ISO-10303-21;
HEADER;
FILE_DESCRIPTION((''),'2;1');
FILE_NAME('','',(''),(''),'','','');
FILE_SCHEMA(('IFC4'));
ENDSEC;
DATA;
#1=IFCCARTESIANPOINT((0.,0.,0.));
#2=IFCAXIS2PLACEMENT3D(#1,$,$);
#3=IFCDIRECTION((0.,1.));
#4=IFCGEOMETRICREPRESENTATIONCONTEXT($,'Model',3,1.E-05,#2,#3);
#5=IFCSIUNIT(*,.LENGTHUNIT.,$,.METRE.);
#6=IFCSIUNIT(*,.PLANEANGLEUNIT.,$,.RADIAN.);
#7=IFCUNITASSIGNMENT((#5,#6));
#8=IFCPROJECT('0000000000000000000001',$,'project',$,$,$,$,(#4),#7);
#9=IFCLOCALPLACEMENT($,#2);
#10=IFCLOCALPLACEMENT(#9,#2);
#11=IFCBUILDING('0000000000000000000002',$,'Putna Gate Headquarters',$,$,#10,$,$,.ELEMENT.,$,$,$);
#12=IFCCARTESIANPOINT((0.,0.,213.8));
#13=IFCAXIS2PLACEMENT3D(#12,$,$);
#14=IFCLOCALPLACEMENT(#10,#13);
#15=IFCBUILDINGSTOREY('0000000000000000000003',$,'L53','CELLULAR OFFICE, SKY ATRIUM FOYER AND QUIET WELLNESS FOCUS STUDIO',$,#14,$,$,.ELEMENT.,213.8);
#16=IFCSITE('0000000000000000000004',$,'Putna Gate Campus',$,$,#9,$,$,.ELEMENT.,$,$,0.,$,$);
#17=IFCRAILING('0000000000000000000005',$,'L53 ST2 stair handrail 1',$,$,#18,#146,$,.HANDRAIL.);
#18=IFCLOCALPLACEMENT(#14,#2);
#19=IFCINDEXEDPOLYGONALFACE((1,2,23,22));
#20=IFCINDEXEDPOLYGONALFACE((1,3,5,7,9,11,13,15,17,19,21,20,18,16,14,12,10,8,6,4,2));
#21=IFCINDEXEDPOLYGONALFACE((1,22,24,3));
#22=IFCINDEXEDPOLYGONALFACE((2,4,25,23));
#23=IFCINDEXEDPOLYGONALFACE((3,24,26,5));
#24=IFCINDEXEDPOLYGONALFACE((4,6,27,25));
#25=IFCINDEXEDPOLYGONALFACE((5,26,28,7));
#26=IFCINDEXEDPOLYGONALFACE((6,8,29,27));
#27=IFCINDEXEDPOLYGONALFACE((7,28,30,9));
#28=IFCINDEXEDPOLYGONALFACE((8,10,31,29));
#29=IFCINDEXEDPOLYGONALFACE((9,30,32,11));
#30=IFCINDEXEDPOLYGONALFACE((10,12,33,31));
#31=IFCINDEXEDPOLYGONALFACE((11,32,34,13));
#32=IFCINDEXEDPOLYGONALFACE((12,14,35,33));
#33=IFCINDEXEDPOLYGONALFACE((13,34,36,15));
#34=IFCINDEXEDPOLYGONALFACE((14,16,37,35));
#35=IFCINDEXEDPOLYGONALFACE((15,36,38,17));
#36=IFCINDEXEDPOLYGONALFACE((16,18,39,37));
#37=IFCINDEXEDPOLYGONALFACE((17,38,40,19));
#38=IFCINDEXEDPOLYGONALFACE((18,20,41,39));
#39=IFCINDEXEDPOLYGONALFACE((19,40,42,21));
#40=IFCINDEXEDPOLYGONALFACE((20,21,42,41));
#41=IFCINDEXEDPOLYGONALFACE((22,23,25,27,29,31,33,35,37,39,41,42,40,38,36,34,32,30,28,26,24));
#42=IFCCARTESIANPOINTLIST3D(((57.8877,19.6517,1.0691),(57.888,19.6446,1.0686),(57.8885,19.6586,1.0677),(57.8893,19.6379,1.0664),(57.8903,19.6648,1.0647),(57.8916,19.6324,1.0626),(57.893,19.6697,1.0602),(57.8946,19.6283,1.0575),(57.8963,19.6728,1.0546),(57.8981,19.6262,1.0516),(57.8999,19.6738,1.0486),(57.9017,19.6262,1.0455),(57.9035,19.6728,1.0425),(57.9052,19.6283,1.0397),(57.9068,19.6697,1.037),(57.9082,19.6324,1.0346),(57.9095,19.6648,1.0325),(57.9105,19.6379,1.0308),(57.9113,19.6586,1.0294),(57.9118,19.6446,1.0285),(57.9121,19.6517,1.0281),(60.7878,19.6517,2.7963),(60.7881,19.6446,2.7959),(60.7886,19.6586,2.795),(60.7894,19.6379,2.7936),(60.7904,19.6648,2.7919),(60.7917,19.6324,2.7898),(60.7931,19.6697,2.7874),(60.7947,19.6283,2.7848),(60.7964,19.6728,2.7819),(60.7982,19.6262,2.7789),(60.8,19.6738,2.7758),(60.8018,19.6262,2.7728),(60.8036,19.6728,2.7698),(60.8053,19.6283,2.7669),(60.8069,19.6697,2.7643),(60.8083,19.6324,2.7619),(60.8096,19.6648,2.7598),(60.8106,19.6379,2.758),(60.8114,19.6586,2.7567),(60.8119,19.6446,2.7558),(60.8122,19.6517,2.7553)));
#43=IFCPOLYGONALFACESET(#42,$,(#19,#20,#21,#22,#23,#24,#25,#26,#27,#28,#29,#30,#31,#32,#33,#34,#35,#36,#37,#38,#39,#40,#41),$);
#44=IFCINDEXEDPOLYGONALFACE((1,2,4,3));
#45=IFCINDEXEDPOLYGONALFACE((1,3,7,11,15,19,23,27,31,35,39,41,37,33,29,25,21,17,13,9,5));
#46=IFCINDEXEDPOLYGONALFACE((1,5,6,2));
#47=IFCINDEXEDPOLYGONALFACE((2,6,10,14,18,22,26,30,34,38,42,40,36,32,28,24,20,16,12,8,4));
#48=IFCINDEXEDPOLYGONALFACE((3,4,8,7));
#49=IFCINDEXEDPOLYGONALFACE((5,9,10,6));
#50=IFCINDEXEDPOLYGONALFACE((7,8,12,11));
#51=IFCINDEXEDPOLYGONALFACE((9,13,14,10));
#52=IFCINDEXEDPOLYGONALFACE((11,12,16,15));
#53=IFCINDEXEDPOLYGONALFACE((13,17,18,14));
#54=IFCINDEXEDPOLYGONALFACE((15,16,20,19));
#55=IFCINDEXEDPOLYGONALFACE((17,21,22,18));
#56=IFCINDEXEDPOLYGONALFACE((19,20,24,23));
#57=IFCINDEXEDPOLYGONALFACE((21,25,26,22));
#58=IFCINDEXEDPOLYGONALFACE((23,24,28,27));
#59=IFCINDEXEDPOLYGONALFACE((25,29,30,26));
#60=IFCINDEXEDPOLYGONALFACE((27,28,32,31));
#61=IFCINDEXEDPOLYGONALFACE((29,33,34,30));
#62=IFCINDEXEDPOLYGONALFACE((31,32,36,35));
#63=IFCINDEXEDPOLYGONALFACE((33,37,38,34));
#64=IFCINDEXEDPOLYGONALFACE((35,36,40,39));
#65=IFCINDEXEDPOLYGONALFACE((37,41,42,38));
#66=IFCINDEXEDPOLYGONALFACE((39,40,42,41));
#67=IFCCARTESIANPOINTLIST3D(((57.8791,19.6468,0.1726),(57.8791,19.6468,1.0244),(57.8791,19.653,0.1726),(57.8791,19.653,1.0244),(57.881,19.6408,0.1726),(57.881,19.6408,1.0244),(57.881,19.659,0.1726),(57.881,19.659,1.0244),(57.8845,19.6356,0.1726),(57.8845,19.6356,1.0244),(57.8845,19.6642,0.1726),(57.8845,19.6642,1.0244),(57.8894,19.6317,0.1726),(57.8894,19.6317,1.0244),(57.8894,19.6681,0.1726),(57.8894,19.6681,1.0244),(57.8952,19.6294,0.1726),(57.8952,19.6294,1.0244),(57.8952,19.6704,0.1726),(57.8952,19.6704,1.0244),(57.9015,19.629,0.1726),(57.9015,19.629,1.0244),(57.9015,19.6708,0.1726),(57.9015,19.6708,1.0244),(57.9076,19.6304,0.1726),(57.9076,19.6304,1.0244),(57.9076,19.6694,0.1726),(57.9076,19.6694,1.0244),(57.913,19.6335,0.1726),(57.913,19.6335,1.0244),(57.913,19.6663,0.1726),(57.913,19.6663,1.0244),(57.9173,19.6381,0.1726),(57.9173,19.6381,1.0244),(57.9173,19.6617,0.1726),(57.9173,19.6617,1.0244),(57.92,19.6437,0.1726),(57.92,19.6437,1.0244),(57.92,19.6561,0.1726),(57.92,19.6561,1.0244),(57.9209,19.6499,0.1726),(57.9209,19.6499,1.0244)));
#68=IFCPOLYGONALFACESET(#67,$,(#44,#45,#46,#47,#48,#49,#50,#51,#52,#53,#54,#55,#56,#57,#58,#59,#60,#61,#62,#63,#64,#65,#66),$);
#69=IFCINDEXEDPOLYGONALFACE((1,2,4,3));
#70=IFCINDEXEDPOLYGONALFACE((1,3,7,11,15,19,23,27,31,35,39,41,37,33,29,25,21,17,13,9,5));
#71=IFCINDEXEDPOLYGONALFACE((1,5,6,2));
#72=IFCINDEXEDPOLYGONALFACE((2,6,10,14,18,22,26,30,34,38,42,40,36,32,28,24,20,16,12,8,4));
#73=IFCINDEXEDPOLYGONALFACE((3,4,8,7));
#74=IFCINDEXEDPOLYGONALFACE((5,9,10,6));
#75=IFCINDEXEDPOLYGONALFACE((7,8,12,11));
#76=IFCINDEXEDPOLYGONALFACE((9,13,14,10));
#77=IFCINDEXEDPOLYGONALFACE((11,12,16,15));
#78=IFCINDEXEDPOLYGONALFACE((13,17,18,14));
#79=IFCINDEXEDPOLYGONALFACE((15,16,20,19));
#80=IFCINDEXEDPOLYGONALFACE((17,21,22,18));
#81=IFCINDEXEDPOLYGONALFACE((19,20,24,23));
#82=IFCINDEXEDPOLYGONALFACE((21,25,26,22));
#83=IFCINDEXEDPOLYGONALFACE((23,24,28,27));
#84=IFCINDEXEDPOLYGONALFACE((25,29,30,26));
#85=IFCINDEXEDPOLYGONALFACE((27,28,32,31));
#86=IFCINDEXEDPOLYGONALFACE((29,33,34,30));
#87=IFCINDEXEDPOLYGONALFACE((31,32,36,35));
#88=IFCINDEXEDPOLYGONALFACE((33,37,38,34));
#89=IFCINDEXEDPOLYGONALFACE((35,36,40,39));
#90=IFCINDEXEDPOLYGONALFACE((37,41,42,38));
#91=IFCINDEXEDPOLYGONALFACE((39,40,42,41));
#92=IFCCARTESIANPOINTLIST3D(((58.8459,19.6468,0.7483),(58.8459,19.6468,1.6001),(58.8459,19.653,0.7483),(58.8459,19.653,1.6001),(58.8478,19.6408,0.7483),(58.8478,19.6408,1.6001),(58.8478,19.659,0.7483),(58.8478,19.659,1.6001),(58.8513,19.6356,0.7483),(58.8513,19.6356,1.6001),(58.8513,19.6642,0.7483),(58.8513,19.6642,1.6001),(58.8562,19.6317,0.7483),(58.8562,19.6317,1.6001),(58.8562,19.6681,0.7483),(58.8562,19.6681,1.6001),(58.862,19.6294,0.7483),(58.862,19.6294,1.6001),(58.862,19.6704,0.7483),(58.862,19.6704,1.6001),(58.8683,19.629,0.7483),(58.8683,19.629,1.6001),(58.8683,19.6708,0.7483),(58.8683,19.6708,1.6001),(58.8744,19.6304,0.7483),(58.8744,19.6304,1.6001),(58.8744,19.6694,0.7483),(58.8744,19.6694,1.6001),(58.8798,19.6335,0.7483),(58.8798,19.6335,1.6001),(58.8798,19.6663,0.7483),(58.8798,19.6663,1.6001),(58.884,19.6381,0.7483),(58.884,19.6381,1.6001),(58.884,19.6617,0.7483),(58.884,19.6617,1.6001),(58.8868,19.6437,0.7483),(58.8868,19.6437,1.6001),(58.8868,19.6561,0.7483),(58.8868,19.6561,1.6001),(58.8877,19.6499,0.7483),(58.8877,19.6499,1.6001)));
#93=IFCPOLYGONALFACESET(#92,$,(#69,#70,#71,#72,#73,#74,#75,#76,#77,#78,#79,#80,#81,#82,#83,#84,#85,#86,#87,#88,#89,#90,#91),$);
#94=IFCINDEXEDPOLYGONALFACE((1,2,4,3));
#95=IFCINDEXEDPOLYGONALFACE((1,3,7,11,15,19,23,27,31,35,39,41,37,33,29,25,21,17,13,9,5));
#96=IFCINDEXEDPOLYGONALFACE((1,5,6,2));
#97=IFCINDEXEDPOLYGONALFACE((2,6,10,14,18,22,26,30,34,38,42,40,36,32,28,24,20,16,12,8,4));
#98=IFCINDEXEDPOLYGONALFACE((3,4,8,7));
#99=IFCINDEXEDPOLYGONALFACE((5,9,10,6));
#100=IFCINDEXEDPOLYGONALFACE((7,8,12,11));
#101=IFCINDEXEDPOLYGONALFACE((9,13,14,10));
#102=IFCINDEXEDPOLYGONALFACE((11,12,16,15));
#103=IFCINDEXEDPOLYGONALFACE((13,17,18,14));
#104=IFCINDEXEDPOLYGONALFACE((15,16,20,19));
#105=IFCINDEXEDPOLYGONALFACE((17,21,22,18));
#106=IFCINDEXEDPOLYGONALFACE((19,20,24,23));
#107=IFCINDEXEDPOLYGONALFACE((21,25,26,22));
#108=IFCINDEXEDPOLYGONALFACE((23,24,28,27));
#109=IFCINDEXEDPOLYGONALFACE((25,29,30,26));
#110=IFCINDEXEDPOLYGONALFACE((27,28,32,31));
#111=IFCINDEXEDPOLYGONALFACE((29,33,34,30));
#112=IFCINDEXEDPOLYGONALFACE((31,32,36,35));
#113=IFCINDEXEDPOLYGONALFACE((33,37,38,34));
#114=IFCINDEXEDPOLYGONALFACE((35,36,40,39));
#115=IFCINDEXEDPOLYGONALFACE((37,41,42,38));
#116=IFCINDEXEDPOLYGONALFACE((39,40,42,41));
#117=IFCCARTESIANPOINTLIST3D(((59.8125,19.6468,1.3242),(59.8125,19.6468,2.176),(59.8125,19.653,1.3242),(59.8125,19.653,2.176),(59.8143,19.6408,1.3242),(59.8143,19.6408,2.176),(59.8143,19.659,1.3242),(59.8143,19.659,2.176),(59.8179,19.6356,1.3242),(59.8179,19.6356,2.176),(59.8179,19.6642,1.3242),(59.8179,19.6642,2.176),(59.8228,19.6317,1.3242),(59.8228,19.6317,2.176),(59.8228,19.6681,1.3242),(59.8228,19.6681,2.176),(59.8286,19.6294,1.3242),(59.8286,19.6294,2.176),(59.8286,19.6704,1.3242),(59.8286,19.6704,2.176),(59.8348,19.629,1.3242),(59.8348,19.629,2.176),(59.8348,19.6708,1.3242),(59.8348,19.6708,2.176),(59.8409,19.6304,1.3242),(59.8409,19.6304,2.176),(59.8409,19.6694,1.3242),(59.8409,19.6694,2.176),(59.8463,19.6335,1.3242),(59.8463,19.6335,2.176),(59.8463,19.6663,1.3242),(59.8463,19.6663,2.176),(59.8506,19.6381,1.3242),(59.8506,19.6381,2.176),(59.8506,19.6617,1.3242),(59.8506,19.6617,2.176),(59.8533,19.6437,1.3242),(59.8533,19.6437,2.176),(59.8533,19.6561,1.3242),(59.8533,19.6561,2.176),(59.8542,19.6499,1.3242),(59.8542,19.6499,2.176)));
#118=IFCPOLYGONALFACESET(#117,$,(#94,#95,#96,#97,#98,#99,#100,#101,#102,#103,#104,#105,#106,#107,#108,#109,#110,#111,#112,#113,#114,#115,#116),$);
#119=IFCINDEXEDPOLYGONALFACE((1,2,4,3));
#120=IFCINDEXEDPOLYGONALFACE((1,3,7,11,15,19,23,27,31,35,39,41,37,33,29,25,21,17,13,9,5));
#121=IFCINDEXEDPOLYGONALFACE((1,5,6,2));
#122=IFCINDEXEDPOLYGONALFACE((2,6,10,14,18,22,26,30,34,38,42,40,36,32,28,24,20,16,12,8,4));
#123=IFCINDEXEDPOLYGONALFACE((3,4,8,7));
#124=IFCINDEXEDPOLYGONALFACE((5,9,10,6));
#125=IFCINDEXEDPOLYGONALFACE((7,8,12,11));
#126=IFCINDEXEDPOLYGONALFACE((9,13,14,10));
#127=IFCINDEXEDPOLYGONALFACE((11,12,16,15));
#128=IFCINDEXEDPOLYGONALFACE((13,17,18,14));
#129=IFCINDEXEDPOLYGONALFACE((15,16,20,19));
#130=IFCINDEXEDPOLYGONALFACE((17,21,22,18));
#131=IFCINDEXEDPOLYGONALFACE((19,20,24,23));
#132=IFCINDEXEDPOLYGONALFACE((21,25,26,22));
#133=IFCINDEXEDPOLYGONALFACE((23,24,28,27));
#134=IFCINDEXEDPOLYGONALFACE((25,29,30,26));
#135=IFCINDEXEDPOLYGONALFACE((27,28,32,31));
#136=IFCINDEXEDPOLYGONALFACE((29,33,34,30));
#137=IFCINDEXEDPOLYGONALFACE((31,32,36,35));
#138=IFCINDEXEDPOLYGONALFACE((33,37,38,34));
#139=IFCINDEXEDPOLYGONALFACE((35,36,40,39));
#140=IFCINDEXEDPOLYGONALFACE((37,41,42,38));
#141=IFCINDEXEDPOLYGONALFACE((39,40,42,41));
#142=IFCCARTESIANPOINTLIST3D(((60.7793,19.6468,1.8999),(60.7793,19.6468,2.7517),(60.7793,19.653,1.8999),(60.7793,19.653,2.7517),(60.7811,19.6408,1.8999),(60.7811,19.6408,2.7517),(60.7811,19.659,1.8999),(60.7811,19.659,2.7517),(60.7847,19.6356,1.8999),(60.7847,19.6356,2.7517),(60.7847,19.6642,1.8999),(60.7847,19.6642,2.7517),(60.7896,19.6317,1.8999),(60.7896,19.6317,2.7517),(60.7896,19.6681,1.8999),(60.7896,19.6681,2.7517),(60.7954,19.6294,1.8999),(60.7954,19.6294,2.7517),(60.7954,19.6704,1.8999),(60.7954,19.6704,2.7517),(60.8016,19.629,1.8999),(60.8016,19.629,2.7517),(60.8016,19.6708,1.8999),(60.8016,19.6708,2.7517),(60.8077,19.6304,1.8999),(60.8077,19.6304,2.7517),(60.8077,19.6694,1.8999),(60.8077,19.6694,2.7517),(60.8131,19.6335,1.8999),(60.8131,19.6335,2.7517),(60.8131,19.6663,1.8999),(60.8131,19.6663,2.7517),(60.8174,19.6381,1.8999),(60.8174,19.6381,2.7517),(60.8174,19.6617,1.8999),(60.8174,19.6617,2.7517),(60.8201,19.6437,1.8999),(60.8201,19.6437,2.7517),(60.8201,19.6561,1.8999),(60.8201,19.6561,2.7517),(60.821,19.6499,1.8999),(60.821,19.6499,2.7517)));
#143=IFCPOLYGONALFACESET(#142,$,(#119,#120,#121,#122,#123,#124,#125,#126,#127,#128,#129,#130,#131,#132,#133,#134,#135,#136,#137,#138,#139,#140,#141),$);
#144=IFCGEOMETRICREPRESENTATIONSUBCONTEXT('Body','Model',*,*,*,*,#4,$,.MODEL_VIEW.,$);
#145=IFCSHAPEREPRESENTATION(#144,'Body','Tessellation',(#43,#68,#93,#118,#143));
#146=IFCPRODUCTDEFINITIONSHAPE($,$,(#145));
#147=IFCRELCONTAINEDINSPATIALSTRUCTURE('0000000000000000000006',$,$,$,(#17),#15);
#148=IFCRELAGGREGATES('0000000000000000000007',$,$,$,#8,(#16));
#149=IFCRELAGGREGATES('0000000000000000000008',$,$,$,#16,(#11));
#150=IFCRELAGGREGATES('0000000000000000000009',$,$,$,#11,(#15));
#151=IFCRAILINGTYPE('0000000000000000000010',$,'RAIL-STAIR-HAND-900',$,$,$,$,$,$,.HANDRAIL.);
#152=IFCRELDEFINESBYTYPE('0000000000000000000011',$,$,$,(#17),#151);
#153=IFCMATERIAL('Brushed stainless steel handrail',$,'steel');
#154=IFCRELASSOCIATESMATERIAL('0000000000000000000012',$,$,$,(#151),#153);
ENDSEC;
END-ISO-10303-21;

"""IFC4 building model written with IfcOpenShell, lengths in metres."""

from ifc_helpers import new_model, si_unit, direction, frame, origin, origin_2d, place, context, subcontext, project, spatial, circle, extrude, material, type_object, element, save


model = new_model("IFC4")

# Units and contexts
model_context = context("Model", 3, precision=1e-05, world=origin(), true_north=direction((0.0, 1.0)))
body_context = subcontext(model_context, "Body", "Model", "MODEL_VIEW")
ifc_project = project(units=[si_unit("LENGTHUNIT", "METRE"), si_unit("PLANEANGLEUNIT", "RADIAN")], contexts=[model_context])

# Site, building, storey
site_placement = place(None, origin())
site = spatial("IfcSite", under=ifc_project, at=site_placement, Name="Putna Gate Campus", CompositionType="ELEMENT", RefElevation=0.0)
building_placement = place(site_placement, origin())
building = spatial("IfcBuilding", under=site, at=building_placement, Name="Putna Gate Headquarters", CompositionType="ELEMENT")
storey_placement = place(building_placement, frame((0.0, 0.0, 213.8)))
storey = spatial("IfcBuildingStorey", under=building, at=storey_placement, Name="L53", Description="CELLULAR OFFICE, SKY ATRIUM FOYER AND QUIET WELLNESS FOCUS STUDIO", CompositionType="ELEMENT", Elevation=213.8)

# Railing
ifc_material_1 = material(Name="Brushed stainless steel handrail", Category="steel")
railing_type_1 = type_object("IfcRailingType", Name="RAIL-STAIR-HAND-900", PredefinedType="HANDRAIL", material=ifc_material_1)
railing_1_placement = place(storey_placement, frame((57.8999, 19.6499, 0.1726)))
element("IfcRailing", 1, at=railing_1_placement, inside=storey, type_object=railing_type_1, Name="L53 ST2 stair handrail 1", PredefinedType="HANDRAIL", context=body_context, shape_type="SweptSolid", body=[
    extrude(circle(Radius=0.0239, at=origin_2d()), frame((0.0, 0.0, 0.876), z_axis=(0.85916, 0.0, 0.511706), x_axis=(0.0, 1.0, 0.0)), (0.0, 0.0, 1.0), 3.3755),
    extrude(circle(Radius=0.021, at=origin_2d()), origin(), (0.0, 0.0, 1.0), 0.8518),
    extrude(circle(Radius=0.021, at=origin_2d()), frame((0.9668, 0.0, 0.5757)), (0.0, 0.0, 1.0), 0.8518),
    extrude(circle(Radius=0.021, at=origin_2d()), frame((1.9333, 0.0, 1.1516)), (0.0, 0.0, 1.0), 0.8518),
    extrude(circle(Radius=0.021, at=origin_2d()), frame((2.9001, 0.0, 1.7273)), (0.0, 0.0, 1.0), 0.8518),
])

save(model, "model.ifc")
